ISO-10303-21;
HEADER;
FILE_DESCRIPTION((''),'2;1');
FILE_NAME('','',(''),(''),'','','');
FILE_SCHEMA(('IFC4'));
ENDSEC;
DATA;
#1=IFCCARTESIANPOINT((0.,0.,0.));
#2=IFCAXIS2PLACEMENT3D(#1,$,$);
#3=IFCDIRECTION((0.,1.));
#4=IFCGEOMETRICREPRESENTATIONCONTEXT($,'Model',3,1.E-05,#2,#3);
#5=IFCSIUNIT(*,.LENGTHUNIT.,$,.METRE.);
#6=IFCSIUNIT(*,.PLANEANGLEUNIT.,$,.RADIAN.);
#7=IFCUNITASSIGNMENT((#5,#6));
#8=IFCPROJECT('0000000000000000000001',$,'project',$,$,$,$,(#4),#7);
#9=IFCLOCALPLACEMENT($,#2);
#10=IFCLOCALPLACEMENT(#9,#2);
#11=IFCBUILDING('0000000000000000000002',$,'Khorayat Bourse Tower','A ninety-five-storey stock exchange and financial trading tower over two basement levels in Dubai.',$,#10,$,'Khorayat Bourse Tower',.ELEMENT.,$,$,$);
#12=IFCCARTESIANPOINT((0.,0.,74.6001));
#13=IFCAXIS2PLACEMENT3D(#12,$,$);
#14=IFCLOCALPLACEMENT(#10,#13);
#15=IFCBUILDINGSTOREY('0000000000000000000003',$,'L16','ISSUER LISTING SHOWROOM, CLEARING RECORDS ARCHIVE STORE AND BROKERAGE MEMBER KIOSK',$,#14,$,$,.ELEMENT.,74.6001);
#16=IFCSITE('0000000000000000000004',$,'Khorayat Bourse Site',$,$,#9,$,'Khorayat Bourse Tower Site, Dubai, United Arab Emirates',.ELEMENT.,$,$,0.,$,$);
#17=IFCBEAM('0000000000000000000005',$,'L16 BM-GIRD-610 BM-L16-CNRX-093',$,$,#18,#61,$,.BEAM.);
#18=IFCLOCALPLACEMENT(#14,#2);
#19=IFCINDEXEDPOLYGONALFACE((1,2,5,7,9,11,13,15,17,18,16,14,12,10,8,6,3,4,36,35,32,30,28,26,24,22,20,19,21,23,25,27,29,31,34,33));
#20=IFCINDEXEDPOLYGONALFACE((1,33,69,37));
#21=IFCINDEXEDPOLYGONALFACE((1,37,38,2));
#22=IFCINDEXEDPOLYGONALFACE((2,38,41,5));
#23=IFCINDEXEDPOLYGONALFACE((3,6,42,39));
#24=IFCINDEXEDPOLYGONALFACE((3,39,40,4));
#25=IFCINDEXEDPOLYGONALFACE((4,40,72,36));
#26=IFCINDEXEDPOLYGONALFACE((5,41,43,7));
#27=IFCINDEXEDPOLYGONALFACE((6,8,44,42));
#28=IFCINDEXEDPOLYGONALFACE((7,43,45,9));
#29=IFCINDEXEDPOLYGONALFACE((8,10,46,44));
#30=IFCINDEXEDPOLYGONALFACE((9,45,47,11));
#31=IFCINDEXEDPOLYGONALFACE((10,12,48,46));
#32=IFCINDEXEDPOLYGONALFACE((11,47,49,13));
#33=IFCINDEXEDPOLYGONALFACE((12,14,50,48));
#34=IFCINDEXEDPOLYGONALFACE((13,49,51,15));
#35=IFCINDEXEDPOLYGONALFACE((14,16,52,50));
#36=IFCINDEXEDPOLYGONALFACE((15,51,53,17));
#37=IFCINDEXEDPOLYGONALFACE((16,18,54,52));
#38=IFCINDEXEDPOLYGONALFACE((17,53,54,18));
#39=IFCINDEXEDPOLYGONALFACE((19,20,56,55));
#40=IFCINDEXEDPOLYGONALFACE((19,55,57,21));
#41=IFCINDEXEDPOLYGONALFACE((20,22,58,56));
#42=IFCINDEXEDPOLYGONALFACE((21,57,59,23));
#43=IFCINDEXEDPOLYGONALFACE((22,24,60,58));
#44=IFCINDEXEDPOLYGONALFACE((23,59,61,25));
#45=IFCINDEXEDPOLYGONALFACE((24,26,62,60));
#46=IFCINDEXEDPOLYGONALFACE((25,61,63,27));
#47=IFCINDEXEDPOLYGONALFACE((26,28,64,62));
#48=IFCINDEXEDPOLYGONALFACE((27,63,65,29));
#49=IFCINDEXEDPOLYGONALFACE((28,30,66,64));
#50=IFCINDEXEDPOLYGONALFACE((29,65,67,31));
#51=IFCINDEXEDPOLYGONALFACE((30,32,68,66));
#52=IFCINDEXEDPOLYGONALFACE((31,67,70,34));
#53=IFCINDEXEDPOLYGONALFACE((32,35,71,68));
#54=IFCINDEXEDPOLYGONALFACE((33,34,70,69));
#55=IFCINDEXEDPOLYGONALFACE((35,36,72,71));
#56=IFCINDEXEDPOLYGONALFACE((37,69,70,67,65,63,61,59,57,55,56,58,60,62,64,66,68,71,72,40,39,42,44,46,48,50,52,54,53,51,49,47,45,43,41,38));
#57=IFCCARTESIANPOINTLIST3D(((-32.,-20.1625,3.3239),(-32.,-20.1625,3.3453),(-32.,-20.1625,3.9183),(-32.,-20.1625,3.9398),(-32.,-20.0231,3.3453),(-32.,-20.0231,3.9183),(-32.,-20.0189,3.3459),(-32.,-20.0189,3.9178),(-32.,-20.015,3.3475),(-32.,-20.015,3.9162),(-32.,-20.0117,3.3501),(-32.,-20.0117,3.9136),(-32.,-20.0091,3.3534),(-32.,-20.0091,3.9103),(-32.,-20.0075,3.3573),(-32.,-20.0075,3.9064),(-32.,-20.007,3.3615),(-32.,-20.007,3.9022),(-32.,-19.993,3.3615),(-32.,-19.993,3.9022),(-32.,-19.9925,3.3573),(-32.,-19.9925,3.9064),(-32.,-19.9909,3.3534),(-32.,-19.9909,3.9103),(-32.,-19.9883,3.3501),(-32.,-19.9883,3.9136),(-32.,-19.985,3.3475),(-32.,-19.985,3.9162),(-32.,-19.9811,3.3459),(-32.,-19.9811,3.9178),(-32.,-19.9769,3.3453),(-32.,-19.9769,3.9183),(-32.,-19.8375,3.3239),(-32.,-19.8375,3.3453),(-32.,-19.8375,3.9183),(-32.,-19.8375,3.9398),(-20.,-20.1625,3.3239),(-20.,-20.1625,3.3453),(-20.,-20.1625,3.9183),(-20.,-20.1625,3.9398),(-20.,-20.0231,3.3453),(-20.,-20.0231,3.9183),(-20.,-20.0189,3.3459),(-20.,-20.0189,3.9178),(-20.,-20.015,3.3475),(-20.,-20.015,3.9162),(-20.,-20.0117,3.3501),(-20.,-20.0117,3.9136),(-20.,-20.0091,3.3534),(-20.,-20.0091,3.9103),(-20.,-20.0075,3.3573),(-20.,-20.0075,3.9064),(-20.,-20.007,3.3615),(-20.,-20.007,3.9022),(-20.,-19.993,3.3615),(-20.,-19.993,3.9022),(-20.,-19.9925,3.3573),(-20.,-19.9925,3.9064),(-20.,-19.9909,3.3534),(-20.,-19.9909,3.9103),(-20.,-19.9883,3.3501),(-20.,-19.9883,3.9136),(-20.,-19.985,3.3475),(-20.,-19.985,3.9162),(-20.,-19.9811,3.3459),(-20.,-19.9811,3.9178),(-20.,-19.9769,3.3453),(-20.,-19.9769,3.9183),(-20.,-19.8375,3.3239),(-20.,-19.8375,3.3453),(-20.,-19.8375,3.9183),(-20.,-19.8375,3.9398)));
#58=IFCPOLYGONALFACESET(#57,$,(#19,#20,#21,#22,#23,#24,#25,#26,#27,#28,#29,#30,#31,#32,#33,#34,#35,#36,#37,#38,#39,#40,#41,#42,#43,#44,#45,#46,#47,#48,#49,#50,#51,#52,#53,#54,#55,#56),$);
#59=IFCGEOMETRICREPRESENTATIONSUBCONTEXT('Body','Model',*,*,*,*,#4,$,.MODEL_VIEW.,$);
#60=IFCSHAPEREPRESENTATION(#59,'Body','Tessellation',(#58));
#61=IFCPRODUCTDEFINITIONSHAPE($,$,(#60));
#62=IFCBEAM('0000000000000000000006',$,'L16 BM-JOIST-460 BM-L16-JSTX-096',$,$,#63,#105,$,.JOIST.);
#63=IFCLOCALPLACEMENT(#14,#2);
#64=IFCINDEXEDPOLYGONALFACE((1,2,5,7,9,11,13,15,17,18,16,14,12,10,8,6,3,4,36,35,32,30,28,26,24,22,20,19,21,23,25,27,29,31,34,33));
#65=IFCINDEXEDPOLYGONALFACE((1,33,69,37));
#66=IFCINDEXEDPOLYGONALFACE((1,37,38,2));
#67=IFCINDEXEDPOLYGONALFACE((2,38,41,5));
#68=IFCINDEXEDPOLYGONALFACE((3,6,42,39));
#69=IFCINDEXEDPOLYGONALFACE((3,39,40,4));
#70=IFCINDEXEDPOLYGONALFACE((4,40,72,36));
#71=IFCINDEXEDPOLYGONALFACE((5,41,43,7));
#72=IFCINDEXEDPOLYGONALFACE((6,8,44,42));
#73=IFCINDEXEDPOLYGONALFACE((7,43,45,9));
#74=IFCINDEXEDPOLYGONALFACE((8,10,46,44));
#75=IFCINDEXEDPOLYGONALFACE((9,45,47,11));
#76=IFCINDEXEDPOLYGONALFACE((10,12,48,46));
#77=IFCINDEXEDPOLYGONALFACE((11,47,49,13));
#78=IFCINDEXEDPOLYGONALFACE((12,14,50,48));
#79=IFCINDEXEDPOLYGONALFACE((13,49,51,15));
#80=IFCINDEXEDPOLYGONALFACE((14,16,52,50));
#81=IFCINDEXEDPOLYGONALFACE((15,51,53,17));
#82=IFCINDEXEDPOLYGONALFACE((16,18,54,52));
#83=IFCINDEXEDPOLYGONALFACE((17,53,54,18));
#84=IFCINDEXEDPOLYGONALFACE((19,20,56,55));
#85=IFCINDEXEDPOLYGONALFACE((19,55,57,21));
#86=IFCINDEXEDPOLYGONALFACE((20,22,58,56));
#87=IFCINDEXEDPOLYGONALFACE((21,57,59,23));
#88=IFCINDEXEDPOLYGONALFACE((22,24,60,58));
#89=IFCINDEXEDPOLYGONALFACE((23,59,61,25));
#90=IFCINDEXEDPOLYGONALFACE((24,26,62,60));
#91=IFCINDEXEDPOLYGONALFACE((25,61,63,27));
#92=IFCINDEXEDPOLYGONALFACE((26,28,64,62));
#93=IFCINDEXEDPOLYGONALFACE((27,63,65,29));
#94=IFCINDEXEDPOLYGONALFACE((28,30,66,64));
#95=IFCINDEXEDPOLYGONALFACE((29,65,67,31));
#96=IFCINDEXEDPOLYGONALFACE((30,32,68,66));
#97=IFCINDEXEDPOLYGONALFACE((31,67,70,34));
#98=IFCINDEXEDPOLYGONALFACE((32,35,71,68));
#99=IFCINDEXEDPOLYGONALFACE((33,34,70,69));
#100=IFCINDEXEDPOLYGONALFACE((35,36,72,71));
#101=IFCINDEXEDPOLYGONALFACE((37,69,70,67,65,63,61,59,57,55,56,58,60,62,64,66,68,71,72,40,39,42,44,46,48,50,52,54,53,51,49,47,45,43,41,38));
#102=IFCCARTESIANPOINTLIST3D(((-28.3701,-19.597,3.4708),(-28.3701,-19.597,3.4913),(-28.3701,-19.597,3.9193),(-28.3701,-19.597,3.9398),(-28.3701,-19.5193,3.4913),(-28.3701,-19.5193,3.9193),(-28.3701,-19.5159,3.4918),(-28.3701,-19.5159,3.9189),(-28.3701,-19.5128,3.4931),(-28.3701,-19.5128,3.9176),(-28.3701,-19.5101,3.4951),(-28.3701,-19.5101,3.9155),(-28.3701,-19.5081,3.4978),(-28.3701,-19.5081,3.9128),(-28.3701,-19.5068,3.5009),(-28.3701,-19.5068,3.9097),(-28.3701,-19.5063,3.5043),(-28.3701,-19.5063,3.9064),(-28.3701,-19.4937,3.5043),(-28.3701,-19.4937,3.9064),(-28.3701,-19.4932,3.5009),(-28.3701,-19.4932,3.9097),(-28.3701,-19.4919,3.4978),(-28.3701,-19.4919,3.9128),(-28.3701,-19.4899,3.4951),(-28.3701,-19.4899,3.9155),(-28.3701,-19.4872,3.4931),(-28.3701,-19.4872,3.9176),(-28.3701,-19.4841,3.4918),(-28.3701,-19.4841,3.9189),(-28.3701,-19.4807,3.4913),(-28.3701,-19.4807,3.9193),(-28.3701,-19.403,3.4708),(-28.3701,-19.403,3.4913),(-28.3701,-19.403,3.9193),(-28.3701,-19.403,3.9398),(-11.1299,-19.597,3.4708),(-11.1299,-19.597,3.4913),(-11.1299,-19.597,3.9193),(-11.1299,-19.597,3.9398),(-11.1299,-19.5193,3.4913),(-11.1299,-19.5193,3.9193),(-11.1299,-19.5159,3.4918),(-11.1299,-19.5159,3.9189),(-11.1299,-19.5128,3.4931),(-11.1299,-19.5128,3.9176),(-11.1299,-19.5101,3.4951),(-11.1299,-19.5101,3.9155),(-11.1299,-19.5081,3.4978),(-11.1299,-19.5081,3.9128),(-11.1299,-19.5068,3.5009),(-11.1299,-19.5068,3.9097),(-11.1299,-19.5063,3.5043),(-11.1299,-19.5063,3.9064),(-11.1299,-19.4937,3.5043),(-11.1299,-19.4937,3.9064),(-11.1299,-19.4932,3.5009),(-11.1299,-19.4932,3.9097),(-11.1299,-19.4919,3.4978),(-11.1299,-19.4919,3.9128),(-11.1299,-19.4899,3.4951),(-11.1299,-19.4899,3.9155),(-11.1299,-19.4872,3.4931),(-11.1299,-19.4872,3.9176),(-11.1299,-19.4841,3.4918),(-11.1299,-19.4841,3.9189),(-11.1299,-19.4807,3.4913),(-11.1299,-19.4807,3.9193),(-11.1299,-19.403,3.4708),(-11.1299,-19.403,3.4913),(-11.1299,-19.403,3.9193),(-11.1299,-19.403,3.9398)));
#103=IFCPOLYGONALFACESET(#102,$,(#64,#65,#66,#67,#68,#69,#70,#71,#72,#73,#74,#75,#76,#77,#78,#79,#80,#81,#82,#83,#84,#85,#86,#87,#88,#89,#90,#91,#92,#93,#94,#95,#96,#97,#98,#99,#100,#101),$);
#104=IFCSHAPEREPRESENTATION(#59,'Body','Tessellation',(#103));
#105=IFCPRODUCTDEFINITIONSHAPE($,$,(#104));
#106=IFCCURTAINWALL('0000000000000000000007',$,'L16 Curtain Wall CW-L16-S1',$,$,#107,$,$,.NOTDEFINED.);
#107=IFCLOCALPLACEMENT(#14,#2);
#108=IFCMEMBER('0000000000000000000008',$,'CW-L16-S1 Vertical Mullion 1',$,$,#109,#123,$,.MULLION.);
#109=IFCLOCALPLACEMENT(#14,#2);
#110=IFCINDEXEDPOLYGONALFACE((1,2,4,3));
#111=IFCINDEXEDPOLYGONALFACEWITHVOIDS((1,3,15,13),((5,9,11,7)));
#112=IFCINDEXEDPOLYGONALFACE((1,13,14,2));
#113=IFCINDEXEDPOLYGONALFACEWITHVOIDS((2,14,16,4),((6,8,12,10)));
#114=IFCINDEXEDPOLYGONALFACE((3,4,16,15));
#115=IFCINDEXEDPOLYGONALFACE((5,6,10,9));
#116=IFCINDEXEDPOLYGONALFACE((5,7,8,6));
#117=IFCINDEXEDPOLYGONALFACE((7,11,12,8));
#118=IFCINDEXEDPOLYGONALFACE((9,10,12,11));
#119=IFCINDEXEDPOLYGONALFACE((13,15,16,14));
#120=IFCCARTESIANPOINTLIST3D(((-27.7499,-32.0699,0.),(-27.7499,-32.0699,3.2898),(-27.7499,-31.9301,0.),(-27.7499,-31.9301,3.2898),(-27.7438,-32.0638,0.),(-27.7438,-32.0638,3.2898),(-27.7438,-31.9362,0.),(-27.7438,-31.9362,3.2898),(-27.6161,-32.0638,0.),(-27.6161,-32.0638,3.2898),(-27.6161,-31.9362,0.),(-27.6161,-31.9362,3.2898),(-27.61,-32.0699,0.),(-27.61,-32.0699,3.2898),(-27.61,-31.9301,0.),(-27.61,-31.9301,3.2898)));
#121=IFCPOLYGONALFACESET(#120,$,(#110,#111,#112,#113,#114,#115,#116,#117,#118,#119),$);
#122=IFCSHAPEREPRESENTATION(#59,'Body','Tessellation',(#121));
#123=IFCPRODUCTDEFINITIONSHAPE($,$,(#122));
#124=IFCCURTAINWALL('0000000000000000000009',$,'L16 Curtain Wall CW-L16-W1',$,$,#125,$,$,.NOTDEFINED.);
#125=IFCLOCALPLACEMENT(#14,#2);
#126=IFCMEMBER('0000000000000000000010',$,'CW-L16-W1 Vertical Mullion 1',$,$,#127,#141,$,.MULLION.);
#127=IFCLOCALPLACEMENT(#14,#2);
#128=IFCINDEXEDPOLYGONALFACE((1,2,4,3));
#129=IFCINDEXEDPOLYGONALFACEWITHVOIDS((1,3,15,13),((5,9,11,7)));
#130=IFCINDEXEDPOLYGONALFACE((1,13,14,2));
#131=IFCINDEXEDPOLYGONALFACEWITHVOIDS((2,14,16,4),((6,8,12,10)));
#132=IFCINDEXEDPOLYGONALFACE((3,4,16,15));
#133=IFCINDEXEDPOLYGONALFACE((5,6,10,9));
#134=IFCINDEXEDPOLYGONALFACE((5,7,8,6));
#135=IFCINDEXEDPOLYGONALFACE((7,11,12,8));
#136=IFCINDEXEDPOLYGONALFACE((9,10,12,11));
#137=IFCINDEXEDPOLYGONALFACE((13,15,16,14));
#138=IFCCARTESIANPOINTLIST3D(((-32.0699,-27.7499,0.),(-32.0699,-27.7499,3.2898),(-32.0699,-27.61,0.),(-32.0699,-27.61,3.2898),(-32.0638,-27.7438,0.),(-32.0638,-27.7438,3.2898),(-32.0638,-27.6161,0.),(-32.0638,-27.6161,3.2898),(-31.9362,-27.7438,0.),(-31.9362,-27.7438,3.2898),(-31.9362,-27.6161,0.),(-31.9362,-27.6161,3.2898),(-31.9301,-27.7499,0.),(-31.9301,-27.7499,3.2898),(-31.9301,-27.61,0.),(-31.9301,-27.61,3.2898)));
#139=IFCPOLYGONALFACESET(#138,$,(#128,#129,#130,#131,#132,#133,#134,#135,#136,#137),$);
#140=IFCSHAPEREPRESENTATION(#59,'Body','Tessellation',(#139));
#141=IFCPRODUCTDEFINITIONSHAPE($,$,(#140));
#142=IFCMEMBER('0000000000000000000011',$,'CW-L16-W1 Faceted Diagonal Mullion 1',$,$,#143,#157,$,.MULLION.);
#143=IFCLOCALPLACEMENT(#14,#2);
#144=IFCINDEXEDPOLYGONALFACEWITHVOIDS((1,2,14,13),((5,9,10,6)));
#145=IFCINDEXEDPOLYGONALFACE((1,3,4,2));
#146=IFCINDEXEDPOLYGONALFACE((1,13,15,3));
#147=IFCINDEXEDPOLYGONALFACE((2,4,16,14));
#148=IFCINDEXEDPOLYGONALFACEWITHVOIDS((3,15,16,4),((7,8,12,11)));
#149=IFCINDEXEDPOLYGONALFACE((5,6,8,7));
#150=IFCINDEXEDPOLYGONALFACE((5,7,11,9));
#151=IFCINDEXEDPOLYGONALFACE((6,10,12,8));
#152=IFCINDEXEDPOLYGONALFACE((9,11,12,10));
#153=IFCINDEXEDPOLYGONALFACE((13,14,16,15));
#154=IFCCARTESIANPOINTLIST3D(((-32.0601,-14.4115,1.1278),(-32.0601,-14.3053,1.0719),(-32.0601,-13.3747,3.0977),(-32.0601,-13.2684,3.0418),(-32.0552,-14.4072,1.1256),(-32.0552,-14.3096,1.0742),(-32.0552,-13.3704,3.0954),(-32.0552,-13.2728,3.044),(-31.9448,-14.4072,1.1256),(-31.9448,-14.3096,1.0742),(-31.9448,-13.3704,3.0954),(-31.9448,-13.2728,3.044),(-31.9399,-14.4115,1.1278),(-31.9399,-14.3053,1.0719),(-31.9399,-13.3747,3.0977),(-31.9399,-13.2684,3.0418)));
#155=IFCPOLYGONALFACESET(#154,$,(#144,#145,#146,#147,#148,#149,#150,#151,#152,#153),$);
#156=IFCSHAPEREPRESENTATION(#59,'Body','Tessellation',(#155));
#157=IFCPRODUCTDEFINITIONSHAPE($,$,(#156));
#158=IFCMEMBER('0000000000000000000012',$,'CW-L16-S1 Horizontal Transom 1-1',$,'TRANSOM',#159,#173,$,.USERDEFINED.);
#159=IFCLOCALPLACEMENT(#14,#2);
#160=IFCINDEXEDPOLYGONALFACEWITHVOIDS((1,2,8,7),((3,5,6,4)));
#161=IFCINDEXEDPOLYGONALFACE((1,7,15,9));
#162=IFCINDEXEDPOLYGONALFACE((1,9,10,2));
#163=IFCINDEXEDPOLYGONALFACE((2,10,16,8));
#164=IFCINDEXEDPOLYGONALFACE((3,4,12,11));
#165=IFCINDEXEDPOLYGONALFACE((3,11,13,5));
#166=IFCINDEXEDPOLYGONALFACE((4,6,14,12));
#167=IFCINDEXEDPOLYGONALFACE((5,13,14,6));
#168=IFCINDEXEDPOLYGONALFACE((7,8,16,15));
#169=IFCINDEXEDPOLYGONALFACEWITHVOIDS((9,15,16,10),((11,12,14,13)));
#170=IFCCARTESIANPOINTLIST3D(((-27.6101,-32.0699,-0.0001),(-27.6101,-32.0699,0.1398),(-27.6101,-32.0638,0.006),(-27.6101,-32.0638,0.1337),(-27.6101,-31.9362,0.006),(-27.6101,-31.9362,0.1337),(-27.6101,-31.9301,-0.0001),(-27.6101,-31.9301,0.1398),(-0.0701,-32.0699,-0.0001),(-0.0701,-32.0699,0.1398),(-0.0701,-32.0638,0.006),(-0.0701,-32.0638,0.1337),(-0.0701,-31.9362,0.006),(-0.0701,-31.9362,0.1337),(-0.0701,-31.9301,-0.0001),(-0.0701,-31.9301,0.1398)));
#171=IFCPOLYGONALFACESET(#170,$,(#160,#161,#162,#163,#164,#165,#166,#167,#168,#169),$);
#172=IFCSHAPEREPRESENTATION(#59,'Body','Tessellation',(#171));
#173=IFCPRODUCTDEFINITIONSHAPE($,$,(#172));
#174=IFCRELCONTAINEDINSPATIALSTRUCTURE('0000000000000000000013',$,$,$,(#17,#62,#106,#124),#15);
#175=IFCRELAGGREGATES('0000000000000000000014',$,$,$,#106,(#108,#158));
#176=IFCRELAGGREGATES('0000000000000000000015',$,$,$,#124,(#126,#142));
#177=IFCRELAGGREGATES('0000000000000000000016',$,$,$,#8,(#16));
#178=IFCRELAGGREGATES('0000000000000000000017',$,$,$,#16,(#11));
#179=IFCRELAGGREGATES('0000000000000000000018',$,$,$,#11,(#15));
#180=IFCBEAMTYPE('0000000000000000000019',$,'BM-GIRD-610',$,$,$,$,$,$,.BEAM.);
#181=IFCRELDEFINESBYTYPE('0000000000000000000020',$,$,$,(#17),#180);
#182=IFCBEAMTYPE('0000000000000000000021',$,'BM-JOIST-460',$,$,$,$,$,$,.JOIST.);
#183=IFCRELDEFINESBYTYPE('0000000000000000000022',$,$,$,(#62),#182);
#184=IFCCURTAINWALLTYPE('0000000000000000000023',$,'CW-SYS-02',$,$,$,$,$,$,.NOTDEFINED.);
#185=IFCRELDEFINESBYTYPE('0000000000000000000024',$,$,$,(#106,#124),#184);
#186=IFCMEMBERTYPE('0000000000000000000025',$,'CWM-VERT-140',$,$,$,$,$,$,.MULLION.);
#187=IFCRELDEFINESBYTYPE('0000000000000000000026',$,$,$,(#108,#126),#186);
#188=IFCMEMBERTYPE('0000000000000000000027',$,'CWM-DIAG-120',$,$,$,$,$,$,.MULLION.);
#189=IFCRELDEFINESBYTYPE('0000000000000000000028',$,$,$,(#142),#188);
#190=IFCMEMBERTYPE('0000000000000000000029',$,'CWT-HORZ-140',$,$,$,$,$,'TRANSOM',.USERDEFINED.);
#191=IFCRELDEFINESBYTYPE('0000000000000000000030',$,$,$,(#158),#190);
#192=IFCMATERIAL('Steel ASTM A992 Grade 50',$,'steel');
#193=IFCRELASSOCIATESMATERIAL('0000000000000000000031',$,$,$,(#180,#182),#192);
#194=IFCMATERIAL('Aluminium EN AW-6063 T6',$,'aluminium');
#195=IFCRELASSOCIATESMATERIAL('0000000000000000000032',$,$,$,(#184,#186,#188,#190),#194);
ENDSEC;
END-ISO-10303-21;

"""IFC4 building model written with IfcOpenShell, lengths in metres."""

from ifc_helpers import new_model, si_unit, direction, frame, origin, origin_2d, place, context, subcontext, project, spatial, hollow_rectangle, i_section, extrude, source, transform, mapped, material, material_profile, profile_set, type_object, element, aggregate, save


model = new_model("IFC4")

# Units and contexts
model_context = context("Model", 3, precision=1e-05, world=origin(), true_north=direction((0.0, 1.0)))
body_context = subcontext(model_context, "Body", "Model", "MODEL_VIEW")
ifc_project = project(units=[si_unit("LENGTHUNIT", "METRE"), si_unit("PLANEANGLEUNIT", "RADIAN")], contexts=[model_context])

# Site, building, storey
site_placement = place(None, origin())
site = spatial("IfcSite", under=ifc_project, at=site_placement, Name="Khorayat Bourse Site", LongName="Khorayat Bourse Tower Site, Dubai, United Arab Emirates", CompositionType="ELEMENT", RefElevation=0.0)
building_placement = place(site_placement, origin())
building = spatial("IfcBuilding", under=site, at=building_placement, Name="Khorayat Bourse Tower", Description="A ninety-five-storey stock exchange and financial trading tower over two basement levels in Dubai.", LongName="Khorayat Bourse Tower", CompositionType="ELEMENT")
storey_placement = place(building_placement, frame((0.0, 0.0, 74.6001)))
storey = spatial("IfcBuildingStorey", under=building, at=storey_placement, Name="L16", Description="ISSUER LISTING SHOWROOM, CLEARING RECORDS ARCHIVE STORE AND BROKERAGE MEMBER KIOSK", CompositionType="ELEMENT", Elevation=74.6001)

# Beams
ifc_material_1 = material(Name="Steel ASTM A992 Grade 50", Category="steel")
ifc_material_profile_1 = material_profile(ifc_material_1, i_section(OverallWidth=0.325, OverallDepth=0.616, WebThickness=0.0139, FlangeThickness=0.0215, FilletRadius=0.0161, at=origin_2d()), Name="W610X174")
ifc_profile_set_1 = profile_set([ifc_material_profile_1], Name="Steel ASTM A992 Grade 50")
beam_type_1 = type_object("IfcBeamType", Name="BM-GIRD-610", PredefinedType="BEAM", material=ifc_profile_set_1)
shared_shape_1 = source(origin(), body_context, "Body", "SweptSolid", [
    extrude(i_section(OverallWidth=0.325, OverallDepth=0.616, WebThickness=0.0139, FlangeThickness=0.0215, FilletRadius=0.0161, at=origin_2d()), origin(), (0.0, 0.0, 1.0), 12.0),
])
beam_1_placement = place(storey_placement, frame((-32.0, -20.0, 3.6318), z_axis=(1.0, 0.0, 0.0), x_axis=(0.0, 1.0, 0.0)))
element("IfcBeam", 1, at=beam_1_placement, inside=storey, type_object=beam_type_1, Name="L16 BM-GIRD-610 BM-L16-CNRX-093", PredefinedType="BEAM", context=body_context, shape_type="MappedRepresentation", body=[
    mapped(shared_shape_1, transform((0.0, 0.0, 0.0), scale=1.0)),
])
ifc_material_profile_2 = material_profile(ifc_material_1, i_section(OverallWidth=0.1941, OverallDepth=0.469, WebThickness=0.0127, FlangeThickness=0.0205, FilletRadius=0.0129, at=origin_2d()), Name="W460X106")
ifc_profile_set_2 = profile_set([ifc_material_profile_2], Name="Steel ASTM A992 Grade 50")
beam_type_2 = type_object("IfcBeamType", Name="BM-JOIST-460", PredefinedType="JOIST", material=ifc_profile_set_2)
shared_shape_2 = source(origin(), body_context, "Body", "SweptSolid", [
    extrude(i_section(OverallWidth=0.1941, OverallDepth=0.469, WebThickness=0.0127, FlangeThickness=0.0205, FilletRadius=0.0129, at=origin_2d()), origin(), (0.0, 0.0, 1.0), 17.2402),
])
beam_2_placement = place(storey_placement, frame((-28.3701, -19.5, 3.7053), z_axis=(1.0, 0.0, 0.0), x_axis=(0.0, 1.0, 0.0)))
element("IfcBeam", 2, at=beam_2_placement, inside=storey, type_object=beam_type_2, Name="L16 BM-JOIST-460 BM-L16-JSTX-096", PredefinedType="JOIST", context=body_context, shape_type="MappedRepresentation", body=[
    mapped(shared_shape_2, transform((0.0, 0.0, 0.0), scale=1.0)),
])

# Curtain wall, member
ifc_material_2 = material(Name="Aluminium EN AW-6063 T6", Category="aluminium")
curtain_wall_type = type_object("IfcCurtainWallType", Name="CW-SYS-02", PredefinedType="NOTDEFINED", material=ifc_material_2)
curtain_wall_1_placement = place(storey_placement, origin())
curtain_wall_1 = element("IfcCurtainWall", 3, at=curtain_wall_1_placement, inside=storey, type_object=curtain_wall_type, Name="L16 Curtain Wall CW-L16-S1", PredefinedType="NOTDEFINED")
ifc_material_profile_3 = material_profile(ifc_material_2, hollow_rectangle(XDim=0.1399, YDim=0.1399, WallThickness=0.0061, at=origin_2d()), Name="ALU 140x140x6")
ifc_profile_set_3 = profile_set([ifc_material_profile_3], Name="Aluminium EN AW-6063 T6")
member_type_1 = type_object("IfcMemberType", Name="CWM-VERT-140", PredefinedType="MULLION", material=ifc_profile_set_3)
shared_shape_3 = source(origin(), body_context, "Body", "SweptSolid", [
    extrude(hollow_rectangle(XDim=0.1399, YDim=0.1399, WallThickness=0.0061, at=origin_2d()), origin(), (0.0, 0.0, 1.0), 3.2898),
])
member_1_placement = place(storey_placement, frame((-27.6799, -32.0, 0.0), z_axis=(0.0, 0.0, 1.0), x_axis=(0.0, 1.0, 0.0)))
member_1 = element("IfcMember", 4, at=member_1_placement, type_object=member_type_1, Name="CW-L16-S1 Vertical Mullion 1", PredefinedType="MULLION", context=body_context, shape_type="MappedRepresentation", body=[
    mapped(shared_shape_3, transform((0.0, 0.0, 0.0), scale=1.0)),
])

# Curtain wall, members
curtain_wall_2_placement = place(storey_placement, origin())
curtain_wall_2 = element("IfcCurtainWall", 5, at=curtain_wall_2_placement, inside=storey, type_object=curtain_wall_type, Name="L16 Curtain Wall CW-L16-W1", PredefinedType="NOTDEFINED")
member_2_placement = place(storey_placement, frame((-32.0, -27.6799, 0.0), z_axis=(0.0, 0.0, 1.0), x_axis=(-1.0, 0.0, 0.0)))
member_2 = element("IfcMember", 6, at=member_2_placement, type_object=member_type_1, Name="CW-L16-W1 Vertical Mullion 1", PredefinedType="MULLION", context=body_context, shape_type="MappedRepresentation", body=[
    mapped(shared_shape_3, transform((0.0, 0.0, 0.0), scale=1.0)),
])
ifc_material_profile_4 = material_profile(ifc_material_2, hollow_rectangle(XDim=0.1201, YDim=0.1201, WallThickness=0.0049, at=origin_2d()), Name="ALU 120x120x5")
ifc_profile_set_4 = profile_set([ifc_material_profile_4], Name="Aluminium EN AW-6063 T6")
member_type_2 = type_object("IfcMemberType", Name="CWM-DIAG-120", PredefinedType="MULLION", material=ifc_profile_set_4)
shared_shape_4 = source(origin(), body_context, "Body", "SweptSolid", [
    extrude(hollow_rectangle(XDim=0.1201, YDim=0.1201, WallThickness=0.0049, at=origin_2d()), origin(), (0.0, 0.0, 1.0), 2.2261),
])
member_3_placement = place(storey_placement, frame((-32.0, -14.3584, 1.0999), z_axis=(0.0, 0.46576, 0.884911), x_axis=(-1.0, 0.0, 0.0)))
member_3 = element("IfcMember", 7, at=member_3_placement, type_object=member_type_2, Name="CW-L16-W1 Faceted Diagonal Mullion 1", PredefinedType="MULLION", context=body_context, shape_type="MappedRepresentation", body=[
    mapped(shared_shape_4, transform((0.0, 0.0, 0.0), scale=1.0)),
])

# Member
ifc_material_profile_5 = material_profile(ifc_material_2, hollow_rectangle(XDim=0.1399, YDim=0.1399, WallThickness=0.0061, at=origin_2d()), Name="ALU 140x140x6")
ifc_profile_set_5 = profile_set([ifc_material_profile_5], Name="Aluminium EN AW-6063 T6")
member_type_3 = type_object("IfcMemberType", Name="CWT-HORZ-140", ElementType="TRANSOM", PredefinedType="USERDEFINED", material=ifc_profile_set_5)
shared_shape_5 = source(origin(), body_context, "Body", "SweptSolid", [
    extrude(hollow_rectangle(XDim=0.1399, YDim=0.1399, WallThickness=0.0061, at=origin_2d()), origin(), (0.0, 0.0, 1.0), 27.54),
])
member_4_placement = place(storey_placement, frame((-27.6101, -32.0, 0.0698), z_axis=(1.0, 0.0, 0.0), x_axis=(0.0, 1.0, 0.0)))
member_4 = element("IfcMember", 8, at=member_4_placement, type_object=member_type_3, Name="CW-L16-S1 Horizontal Transom 1-1", ObjectType="TRANSOM", PredefinedType="USERDEFINED", context=body_context, shape_type="MappedRepresentation", body=[
    mapped(shared_shape_5, transform((0.0, 0.0, 0.0), scale=1.0)),
])
aggregate(curtain_wall_1, [member_1, member_4])
aggregate(curtain_wall_2, [member_2, member_3])

save(model, "model.ifc")
